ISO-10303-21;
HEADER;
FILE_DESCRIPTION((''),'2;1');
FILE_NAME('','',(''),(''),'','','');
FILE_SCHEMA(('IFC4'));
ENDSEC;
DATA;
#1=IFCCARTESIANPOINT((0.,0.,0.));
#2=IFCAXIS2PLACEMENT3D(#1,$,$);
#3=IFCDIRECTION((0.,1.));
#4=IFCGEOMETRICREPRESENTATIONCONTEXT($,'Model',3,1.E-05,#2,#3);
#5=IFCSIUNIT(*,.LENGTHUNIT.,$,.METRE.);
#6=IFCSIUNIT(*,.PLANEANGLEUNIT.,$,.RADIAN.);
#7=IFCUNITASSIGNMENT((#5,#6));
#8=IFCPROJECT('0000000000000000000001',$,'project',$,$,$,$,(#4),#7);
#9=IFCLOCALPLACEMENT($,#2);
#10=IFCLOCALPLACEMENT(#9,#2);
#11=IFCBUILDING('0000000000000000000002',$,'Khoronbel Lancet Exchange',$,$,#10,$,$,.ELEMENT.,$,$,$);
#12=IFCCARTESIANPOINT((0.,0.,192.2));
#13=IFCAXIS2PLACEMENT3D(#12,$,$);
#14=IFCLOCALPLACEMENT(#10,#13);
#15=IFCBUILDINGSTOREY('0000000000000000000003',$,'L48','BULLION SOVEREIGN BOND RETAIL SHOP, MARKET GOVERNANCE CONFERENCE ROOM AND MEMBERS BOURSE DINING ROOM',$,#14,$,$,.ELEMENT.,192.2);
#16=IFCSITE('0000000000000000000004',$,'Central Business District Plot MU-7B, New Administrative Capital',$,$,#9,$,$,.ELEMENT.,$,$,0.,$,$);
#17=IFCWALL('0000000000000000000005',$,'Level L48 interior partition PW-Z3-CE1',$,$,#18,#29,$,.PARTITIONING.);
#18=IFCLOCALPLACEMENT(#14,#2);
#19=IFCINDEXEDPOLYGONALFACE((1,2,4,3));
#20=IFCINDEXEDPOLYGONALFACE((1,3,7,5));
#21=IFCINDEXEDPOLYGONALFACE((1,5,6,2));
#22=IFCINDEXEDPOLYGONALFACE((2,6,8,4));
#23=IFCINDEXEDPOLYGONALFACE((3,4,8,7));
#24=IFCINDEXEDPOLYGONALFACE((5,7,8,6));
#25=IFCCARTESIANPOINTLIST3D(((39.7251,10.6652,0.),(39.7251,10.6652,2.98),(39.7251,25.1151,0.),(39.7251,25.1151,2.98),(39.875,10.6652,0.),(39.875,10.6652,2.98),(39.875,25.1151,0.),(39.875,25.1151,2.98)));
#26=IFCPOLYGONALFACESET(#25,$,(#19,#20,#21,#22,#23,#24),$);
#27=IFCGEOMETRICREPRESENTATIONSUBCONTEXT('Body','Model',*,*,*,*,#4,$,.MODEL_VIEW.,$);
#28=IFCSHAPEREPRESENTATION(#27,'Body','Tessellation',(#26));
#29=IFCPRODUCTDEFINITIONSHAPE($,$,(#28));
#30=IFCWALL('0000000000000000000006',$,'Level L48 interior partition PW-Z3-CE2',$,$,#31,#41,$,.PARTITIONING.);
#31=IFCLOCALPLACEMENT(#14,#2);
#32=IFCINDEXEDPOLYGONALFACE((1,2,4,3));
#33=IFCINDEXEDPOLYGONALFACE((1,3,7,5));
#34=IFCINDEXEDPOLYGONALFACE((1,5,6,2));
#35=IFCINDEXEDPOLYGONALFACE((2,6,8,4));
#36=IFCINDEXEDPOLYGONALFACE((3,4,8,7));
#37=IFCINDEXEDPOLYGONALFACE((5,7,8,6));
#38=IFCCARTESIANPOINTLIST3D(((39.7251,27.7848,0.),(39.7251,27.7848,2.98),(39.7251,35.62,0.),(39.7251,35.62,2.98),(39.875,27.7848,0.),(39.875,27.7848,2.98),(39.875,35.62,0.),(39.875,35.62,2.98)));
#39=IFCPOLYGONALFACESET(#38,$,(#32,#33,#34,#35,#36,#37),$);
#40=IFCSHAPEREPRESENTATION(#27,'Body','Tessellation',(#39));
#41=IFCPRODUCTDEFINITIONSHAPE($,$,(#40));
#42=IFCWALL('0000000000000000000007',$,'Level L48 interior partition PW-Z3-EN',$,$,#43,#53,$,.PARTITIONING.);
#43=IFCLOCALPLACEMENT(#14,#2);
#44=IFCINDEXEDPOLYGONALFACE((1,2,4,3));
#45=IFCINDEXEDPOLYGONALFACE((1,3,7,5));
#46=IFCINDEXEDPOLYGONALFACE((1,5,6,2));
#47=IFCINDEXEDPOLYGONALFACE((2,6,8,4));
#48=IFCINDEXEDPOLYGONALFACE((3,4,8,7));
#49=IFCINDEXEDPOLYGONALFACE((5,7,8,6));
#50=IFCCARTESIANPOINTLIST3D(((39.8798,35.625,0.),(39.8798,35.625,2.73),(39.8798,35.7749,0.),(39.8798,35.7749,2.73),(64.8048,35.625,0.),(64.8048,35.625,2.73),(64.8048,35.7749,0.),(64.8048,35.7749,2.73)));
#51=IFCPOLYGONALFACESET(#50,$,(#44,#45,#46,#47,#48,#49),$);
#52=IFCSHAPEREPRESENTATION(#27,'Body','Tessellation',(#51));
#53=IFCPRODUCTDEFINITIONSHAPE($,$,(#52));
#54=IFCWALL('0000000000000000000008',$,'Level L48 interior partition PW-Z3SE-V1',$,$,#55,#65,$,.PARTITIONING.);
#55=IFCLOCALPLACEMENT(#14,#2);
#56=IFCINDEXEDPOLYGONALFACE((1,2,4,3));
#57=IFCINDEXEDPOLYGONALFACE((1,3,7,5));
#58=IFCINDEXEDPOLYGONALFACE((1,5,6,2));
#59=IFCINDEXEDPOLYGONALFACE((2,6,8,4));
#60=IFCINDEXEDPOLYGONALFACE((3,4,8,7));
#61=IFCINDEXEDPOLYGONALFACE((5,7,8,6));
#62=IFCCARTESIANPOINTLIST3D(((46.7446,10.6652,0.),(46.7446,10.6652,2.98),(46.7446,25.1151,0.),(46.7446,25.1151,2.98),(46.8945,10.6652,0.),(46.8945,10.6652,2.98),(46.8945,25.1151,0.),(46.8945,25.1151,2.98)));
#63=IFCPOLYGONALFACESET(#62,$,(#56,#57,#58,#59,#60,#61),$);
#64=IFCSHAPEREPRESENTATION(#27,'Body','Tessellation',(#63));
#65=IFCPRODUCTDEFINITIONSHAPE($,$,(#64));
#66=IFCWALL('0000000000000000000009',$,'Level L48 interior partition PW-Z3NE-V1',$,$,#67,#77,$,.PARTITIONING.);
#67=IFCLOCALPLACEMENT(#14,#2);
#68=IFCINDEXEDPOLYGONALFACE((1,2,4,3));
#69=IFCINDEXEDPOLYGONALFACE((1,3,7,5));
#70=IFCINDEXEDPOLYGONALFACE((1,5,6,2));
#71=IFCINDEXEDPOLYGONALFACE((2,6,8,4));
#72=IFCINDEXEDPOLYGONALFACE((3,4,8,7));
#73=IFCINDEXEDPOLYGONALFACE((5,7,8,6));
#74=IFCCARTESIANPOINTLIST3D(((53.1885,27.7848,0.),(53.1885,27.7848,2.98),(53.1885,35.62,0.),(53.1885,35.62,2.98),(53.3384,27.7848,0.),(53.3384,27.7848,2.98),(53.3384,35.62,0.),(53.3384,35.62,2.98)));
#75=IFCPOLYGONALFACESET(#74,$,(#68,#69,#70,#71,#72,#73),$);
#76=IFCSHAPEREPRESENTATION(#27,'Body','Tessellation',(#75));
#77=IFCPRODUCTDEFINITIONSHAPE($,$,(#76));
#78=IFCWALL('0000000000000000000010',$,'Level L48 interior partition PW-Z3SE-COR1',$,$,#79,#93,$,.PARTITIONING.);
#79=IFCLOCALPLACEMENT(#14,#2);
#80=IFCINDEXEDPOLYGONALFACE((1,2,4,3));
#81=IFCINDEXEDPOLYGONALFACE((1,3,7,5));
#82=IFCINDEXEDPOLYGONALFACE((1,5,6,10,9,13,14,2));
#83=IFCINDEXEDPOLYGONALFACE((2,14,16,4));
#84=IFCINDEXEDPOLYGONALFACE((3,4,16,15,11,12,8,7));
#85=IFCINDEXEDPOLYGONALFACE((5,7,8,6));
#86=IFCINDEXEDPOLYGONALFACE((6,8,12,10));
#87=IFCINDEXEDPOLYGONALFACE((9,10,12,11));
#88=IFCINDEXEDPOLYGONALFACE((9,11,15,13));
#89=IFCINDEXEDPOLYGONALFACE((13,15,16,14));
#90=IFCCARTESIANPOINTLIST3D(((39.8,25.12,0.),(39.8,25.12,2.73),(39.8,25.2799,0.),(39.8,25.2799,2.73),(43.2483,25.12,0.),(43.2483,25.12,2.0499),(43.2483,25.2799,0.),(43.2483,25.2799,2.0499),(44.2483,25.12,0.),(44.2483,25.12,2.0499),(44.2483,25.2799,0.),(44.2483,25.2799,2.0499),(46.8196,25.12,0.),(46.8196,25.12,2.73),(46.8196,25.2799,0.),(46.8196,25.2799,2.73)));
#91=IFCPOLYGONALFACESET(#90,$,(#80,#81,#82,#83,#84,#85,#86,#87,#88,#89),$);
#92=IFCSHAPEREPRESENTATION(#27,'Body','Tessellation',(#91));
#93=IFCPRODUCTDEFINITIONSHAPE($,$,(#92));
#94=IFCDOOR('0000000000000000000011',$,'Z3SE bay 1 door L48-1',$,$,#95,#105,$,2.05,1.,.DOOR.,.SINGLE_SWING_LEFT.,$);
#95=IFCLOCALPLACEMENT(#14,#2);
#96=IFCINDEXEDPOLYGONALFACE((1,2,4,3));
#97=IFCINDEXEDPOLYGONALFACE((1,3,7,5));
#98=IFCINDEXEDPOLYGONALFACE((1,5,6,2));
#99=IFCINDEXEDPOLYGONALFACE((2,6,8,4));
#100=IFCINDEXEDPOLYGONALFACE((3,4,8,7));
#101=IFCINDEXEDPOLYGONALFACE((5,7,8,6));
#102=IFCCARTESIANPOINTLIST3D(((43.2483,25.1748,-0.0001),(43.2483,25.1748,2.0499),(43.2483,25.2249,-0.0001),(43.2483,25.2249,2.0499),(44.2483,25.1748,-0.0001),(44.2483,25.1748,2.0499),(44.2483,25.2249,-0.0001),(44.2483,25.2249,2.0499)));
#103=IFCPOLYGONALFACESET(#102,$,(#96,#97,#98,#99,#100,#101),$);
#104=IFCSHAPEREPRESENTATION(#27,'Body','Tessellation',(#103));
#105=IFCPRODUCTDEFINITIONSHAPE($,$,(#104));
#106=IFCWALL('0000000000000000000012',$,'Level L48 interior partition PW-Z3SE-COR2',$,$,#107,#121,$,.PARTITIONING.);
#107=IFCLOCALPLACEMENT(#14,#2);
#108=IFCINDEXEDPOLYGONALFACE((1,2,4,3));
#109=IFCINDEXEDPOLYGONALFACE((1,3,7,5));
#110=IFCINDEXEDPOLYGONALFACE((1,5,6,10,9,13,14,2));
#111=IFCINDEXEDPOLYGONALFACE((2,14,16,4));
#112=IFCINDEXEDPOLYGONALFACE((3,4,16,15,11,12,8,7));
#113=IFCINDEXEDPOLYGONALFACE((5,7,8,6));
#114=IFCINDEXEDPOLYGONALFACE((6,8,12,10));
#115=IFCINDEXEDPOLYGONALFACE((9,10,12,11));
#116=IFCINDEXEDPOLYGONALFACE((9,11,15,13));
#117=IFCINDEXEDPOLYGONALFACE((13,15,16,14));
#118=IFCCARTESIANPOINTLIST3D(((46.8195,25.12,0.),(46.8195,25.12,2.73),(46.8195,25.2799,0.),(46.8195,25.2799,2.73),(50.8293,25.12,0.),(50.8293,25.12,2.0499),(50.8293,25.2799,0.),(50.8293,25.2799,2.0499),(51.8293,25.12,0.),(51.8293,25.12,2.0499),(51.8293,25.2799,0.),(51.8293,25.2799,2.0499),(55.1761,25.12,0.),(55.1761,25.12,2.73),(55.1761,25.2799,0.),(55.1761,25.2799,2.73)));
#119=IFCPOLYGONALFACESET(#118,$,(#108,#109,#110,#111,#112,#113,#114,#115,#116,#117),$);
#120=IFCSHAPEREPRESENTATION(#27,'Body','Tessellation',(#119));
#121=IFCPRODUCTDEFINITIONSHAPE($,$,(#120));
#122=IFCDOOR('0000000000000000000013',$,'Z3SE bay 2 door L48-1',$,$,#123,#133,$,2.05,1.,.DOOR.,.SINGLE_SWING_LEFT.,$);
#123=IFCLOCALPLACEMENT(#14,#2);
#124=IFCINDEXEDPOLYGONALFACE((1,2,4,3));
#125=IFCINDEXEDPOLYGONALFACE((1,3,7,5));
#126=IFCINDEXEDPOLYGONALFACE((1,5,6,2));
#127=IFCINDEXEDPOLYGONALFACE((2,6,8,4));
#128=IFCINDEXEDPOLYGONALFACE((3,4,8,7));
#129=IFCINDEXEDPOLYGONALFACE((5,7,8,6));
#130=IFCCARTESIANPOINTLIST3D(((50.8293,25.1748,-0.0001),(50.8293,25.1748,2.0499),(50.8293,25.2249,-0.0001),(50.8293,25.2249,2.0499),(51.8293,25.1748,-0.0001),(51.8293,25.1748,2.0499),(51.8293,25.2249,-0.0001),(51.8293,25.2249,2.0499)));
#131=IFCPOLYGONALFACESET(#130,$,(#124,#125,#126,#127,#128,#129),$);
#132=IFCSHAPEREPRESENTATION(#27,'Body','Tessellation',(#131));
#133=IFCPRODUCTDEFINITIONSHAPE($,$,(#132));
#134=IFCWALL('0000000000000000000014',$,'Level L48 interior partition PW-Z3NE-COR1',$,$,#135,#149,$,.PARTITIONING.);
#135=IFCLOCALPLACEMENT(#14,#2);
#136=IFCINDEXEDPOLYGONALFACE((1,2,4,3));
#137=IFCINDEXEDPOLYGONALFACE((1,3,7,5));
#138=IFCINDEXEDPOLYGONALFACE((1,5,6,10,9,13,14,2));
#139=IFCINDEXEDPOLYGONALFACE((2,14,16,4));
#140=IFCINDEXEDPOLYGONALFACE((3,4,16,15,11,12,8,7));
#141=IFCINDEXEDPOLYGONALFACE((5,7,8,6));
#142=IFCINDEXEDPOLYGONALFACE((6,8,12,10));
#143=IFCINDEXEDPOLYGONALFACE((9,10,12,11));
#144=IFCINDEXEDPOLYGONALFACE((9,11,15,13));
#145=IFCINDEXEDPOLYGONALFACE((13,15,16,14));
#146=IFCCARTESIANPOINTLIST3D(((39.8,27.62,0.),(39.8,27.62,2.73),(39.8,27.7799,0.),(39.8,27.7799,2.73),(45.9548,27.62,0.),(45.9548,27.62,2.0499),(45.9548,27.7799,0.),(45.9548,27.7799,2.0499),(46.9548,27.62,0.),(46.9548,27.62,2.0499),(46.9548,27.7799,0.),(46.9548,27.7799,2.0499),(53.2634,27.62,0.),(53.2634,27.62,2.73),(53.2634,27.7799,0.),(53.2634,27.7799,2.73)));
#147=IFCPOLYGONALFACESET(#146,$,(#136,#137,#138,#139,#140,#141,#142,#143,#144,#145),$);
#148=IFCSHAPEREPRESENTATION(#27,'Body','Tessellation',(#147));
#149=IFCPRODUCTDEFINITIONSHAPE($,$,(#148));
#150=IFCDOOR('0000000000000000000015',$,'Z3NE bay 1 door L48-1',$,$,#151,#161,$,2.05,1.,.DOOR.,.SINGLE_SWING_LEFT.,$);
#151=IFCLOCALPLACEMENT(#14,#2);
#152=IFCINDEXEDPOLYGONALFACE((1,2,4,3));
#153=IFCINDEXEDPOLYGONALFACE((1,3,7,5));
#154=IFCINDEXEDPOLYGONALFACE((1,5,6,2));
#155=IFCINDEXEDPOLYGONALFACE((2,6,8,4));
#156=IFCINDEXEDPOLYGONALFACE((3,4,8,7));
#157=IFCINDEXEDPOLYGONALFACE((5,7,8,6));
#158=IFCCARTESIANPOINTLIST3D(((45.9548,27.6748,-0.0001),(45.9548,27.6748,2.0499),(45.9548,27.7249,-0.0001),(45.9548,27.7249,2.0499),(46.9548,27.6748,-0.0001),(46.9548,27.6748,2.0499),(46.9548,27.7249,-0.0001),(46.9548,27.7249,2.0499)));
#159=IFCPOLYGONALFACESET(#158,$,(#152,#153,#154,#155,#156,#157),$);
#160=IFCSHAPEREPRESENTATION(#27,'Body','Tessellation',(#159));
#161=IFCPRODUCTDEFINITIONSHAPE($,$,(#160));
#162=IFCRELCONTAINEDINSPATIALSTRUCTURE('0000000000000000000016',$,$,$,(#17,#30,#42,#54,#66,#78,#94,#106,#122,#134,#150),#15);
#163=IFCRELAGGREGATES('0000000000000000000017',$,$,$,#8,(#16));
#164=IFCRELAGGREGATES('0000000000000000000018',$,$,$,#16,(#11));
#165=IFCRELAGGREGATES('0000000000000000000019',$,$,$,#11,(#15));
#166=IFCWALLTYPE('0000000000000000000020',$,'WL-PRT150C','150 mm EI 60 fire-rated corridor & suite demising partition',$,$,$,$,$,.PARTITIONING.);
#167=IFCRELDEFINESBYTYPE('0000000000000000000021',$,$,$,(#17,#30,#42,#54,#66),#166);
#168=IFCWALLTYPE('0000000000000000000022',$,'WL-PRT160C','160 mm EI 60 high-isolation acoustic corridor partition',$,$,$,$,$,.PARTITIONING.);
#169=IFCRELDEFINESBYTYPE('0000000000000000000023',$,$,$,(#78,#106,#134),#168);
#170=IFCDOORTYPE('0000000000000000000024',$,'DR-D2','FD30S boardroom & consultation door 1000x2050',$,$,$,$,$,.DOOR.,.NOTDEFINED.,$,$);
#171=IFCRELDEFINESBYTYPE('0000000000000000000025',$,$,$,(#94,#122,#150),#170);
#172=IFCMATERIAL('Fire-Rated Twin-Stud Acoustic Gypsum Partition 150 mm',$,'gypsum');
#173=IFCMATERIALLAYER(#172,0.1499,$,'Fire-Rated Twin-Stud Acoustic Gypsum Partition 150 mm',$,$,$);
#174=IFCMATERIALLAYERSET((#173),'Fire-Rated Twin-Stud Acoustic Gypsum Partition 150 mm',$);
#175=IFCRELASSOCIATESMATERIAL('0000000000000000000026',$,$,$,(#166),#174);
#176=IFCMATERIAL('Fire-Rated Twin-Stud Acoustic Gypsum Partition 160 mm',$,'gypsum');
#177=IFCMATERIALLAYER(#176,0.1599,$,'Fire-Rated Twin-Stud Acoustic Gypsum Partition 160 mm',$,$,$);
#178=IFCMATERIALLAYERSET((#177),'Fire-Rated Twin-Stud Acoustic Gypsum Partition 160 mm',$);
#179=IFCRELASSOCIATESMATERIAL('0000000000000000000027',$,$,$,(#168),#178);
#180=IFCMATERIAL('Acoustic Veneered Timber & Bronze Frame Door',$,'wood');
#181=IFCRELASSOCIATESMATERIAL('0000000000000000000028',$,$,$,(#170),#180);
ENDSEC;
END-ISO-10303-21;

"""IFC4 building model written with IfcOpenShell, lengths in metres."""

from ifc_helpers import new_model, si_unit, direction, frame, frame_2d, origin, place, context, subcontext, project, spatial, rectangle, extrude, material, layer, layer_set, type_object, element, fill, save


model = new_model("IFC4")

# Units and contexts
model_context = context("Model", 3, precision=1e-05, world=origin(), true_north=direction((0.0, 1.0)))
body_context = subcontext(model_context, "Body", "Model", "MODEL_VIEW")
ifc_project = project(units=[si_unit("LENGTHUNIT", "METRE"), si_unit("PLANEANGLEUNIT", "RADIAN")], contexts=[model_context])

# Site, building, storey
site_placement = place(None, origin())
site = spatial("IfcSite", under=ifc_project, at=site_placement, Name="Central Business District Plot MU-7B, New Administrative Capital", CompositionType="ELEMENT", RefElevation=0.0)
building_placement = place(site_placement, origin())
building = spatial("IfcBuilding", under=site, at=building_placement, Name="Khoronbel Lancet Exchange", CompositionType="ELEMENT")
storey_placement = place(building_placement, frame((0.0, 0.0, 192.2)))
storey = spatial("IfcBuildingStorey", under=building, at=storey_placement, Name="L48", Description="BULLION SOVEREIGN BOND RETAIL SHOP, MARKET GOVERNANCE CONFERENCE ROOM AND MEMBERS BOURSE DINING ROOM", CompositionType="ELEMENT", Elevation=192.2)

# Walls
ifc_material_1 = material(Name="Fire-Rated Twin-Stud Acoustic Gypsum Partition 150 mm", Category="gypsum")
ifc_layer_1 = layer(ifc_material_1, 0.1499, Name="Fire-Rated Twin-Stud Acoustic Gypsum Partition 150 mm")
ifc_layer_set_1 = layer_set([ifc_layer_1], Name="Fire-Rated Twin-Stud Acoustic Gypsum Partition 150 mm")
wall_type_1 = type_object("IfcWallType", Name="WL-PRT150C", Description="150 mm EI 60 fire-rated corridor & suite demising partition", PredefinedType="PARTITIONING", material=ifc_layer_set_1)
wall_1_placement = place(storey_placement, frame((39.8, 10.665, 0.0), z_axis=(0.0, 0.0, 1.0), x_axis=(0.0, 1.0, 0.0)))
element("IfcWall", 1, at=wall_1_placement, inside=storey, type_object=wall_type_1, Name="Level L48 interior partition PW-Z3-CE1", PredefinedType="PARTITIONING", context=body_context, shape_type="SweptSolid", body=[
    extrude(rectangle(XDim=14.45, YDim=0.1499, at=frame_2d((7.2251, 0.0))), origin(), (0.0, 0.0, 1.0), 2.98),
])
wall_2_placement = place(storey_placement, frame((39.8, 27.7849, 0.0), z_axis=(0.0, 0.0, 1.0), x_axis=(0.0, 1.0, 0.0)))
element("IfcWall", 2, at=wall_2_placement, inside=storey, type_object=wall_type_1, Name="Level L48 interior partition PW-Z3-CE2", PredefinedType="PARTITIONING", context=body_context, shape_type="SweptSolid", body=[
    extrude(rectangle(XDim=7.8352, YDim=0.1499, at=frame_2d((3.9175, 0.0))), origin(), (0.0, 0.0, 1.0), 2.98),
])
wall_3_placement = place(storey_placement, frame((39.8799, 35.7, 0.0), z_axis=(0.0, 0.0, 1.0), x_axis=(1.0, 0.0, 0.0)))
element("IfcWall", 3, at=wall_3_placement, inside=storey, type_object=wall_type_1, Name="Level L48 interior partition PW-Z3-EN", PredefinedType="PARTITIONING", context=body_context, shape_type="SweptSolid", body=[
    extrude(rectangle(XDim=24.925, YDim=0.1499, at=frame_2d((12.4624, 0.0))), origin(), (0.0, 0.0, 1.0), 2.73),
])
wall_4_placement = place(storey_placement, frame((46.8196, 10.665, 0.0), z_axis=(0.0, 0.0, 1.0), x_axis=(0.0, 1.0, 0.0)))
element("IfcWall", 4, at=wall_4_placement, inside=storey, type_object=wall_type_1, Name="Level L48 interior partition PW-Z3SE-V1", PredefinedType="PARTITIONING", context=body_context, shape_type="SweptSolid", body=[
    extrude(rectangle(XDim=14.45, YDim=0.1499, at=frame_2d((7.2251, 0.0))), origin(), (0.0, 0.0, 1.0), 2.98),
])
wall_5_placement = place(storey_placement, frame((53.2634, 27.7849, 0.0), z_axis=(0.0, 0.0, 1.0), x_axis=(0.0, 1.0, 0.0)))
element("IfcWall", 5, at=wall_5_placement, inside=storey, type_object=wall_type_1, Name="Level L48 interior partition PW-Z3NE-V1", PredefinedType="PARTITIONING", context=body_context, shape_type="SweptSolid", body=[
    extrude(rectangle(XDim=7.8352, YDim=0.1499, at=frame_2d((3.9175, 0.0))), origin(), (0.0, 0.0, 1.0), 2.98),
])

# Walls, openings, doors
ifc_material_2 = material(Name="Fire-Rated Twin-Stud Acoustic Gypsum Partition 160 mm", Category="gypsum")
ifc_layer_2 = layer(ifc_material_2, 0.1599, Name="Fire-Rated Twin-Stud Acoustic Gypsum Partition 160 mm")
ifc_layer_set_2 = layer_set([ifc_layer_2], Name="Fire-Rated Twin-Stud Acoustic Gypsum Partition 160 mm")
wall_type_2 = type_object("IfcWallType", Name="WL-PRT160C", Description="160 mm EI 60 high-isolation acoustic corridor partition", PredefinedType="PARTITIONING", material=ifc_layer_set_2)
wall_6_placement = place(storey_placement, frame((39.8, 25.2, 0.0), z_axis=(0.0, 0.0, 1.0), x_axis=(1.0, 0.0, 0.0)))
wall_6 = element("IfcWall", 6, at=wall_6_placement, inside=storey, type_object=wall_type_2, Name="Level L48 interior partition PW-Z3SE-COR1", PredefinedType="PARTITIONING", context=body_context, shape_type="SweptSolid", body=[
    extrude(rectangle(XDim=7.0195, YDim=0.1599, at=frame_2d((3.5098, 0.0))), origin(), (0.0, 0.0, 1.0), 2.73),
])
opening_1_placement = place(wall_6_placement, frame((3.4482, 0.0, 0.0)))
opening_1 = element("IfcOpeningElement", 7, at=opening_1_placement, cuts=wall_6, PredefinedType="OPENING", context=body_context, shape_type="SweptSolid", body=[
    extrude(rectangle(XDim=1.0, YDim=2.05, at=frame_2d((0.5, 1.0249))), frame((0.0, 0.0898, 0.0), z_axis=(0.0, -1.0, 0.0), x_axis=(1.0, 0.0, 0.0)), (0.0, 0.0, 1.0), 0.1799),
])
ifc_material_3 = material(Name="Acoustic Veneered Timber & Bronze Frame Door", Category="wood")
door_type_1 = type_object("IfcDoorType", Name="DR-D2", Description="FD30S boardroom & consultation door 1000x2050", OperationType="NOTDEFINED", PredefinedType="DOOR", material=ifc_material_3)
door_1_placement = place(opening_1_placement, origin())
door_1 = element("IfcDoor", 8, at=door_1_placement, inside=storey, type_object=door_type_1, Name="Z3SE bay 1 door L48-1", OperationType="SINGLE_SWING_LEFT", OverallHeight=2.05, OverallWidth=1.0, PredefinedType="DOOR", context=body_context, shape_type="SweptSolid", body=[
    extrude(rectangle(XDim=1.0, YDim=2.05, at=frame_2d((0.5, 1.0249))), frame((0.0, 0.0249, 0.0), z_axis=(0.0, -1.0, 0.0), x_axis=(1.0, 0.0, 0.0)), (0.0, 0.0, 1.0), 0.05),
])
fill(opening_1, door_1)
wall_7_placement = place(storey_placement, frame((46.8196, 25.2, 0.0), z_axis=(0.0, 0.0, 1.0), x_axis=(1.0, 0.0, 0.0)))
wall_7 = element("IfcWall", 9, at=wall_7_placement, inside=storey, type_object=wall_type_2, Name="Level L48 interior partition PW-Z3SE-COR2", PredefinedType="PARTITIONING", context=body_context, shape_type="SweptSolid", body=[
    extrude(rectangle(XDim=8.3567, YDim=0.1599, at=frame_2d((4.1782, 0.0))), origin(), (0.0, 0.0, 1.0), 2.73),
])
opening_2_placement = place(wall_7_placement, frame((4.0098, 0.0, 0.0)))
opening_2 = element("IfcOpeningElement", 10, at=opening_2_placement, cuts=wall_7, PredefinedType="OPENING", context=body_context, shape_type="SweptSolid", body=[
    extrude(rectangle(XDim=1.0, YDim=2.05, at=frame_2d((0.5, 1.0249))), frame((0.0, 0.0898, 0.0), z_axis=(0.0, -1.0, 0.0), x_axis=(1.0, 0.0, 0.0)), (0.0, 0.0, 1.0), 0.1799),
])
door_2_placement = place(opening_2_placement, origin())
door_2 = element("IfcDoor", 11, at=door_2_placement, inside=storey, type_object=door_type_1, Name="Z3SE bay 2 door L48-1", OperationType="SINGLE_SWING_LEFT", OverallHeight=2.05, OverallWidth=1.0, PredefinedType="DOOR", context=body_context, shape_type="SweptSolid", body=[
    extrude(rectangle(XDim=1.0, YDim=2.05, at=frame_2d((0.5, 1.0249))), frame((0.0, 0.0249, 0.0), z_axis=(0.0, -1.0, 0.0), x_axis=(1.0, 0.0, 0.0)), (0.0, 0.0, 1.0), 0.05),
])
fill(opening_2, door_2)
wall_8_placement = place(storey_placement, frame((39.8, 27.7, 0.0), z_axis=(0.0, 0.0, 1.0), x_axis=(1.0, 0.0, 0.0)))
wall_8 = element("IfcWall", 12, at=wall_8_placement, inside=storey, type_object=wall_type_2, Name="Level L48 interior partition PW-Z3NE-COR1", PredefinedType="PARTITIONING", context=body_context, shape_type="SweptSolid", body=[
    extrude(rectangle(XDim=13.4634, YDim=0.1599, at=frame_2d((6.7317, 0.0))), origin(), (0.0, 0.0, 1.0), 2.73),
])
opening_3_placement = place(wall_8_placement, frame((6.1548, 0.0, 0.0)))
opening_3 = element("IfcOpeningElement", 13, at=opening_3_placement, cuts=wall_8, PredefinedType="OPENING", context=body_context, shape_type="SweptSolid", body=[
    extrude(rectangle(XDim=1.0, YDim=2.05, at=frame_2d((0.5, 1.0249))), frame((0.0, 0.0898, 0.0), z_axis=(0.0, -1.0, 0.0), x_axis=(1.0, 0.0, 0.0)), (0.0, 0.0, 1.0), 0.1799),
])
door_3_placement = place(opening_3_placement, origin())
door_3 = element("IfcDoor", 14, at=door_3_placement, inside=storey, type_object=door_type_1, Name="Z3NE bay 1 door L48-1", OperationType="SINGLE_SWING_LEFT", OverallHeight=2.05, OverallWidth=1.0, PredefinedType="DOOR", context=body_context, shape_type="SweptSolid", body=[
    extrude(rectangle(XDim=1.0, YDim=2.05, at=frame_2d((0.5, 1.0249))), frame((0.0, 0.0249, 0.0), z_axis=(0.0, -1.0, 0.0), x_axis=(1.0, 0.0, 0.0)), (0.0, 0.0, 1.0), 0.05),
])
fill(opening_3, door_3)

save(model, "model.ifc")
